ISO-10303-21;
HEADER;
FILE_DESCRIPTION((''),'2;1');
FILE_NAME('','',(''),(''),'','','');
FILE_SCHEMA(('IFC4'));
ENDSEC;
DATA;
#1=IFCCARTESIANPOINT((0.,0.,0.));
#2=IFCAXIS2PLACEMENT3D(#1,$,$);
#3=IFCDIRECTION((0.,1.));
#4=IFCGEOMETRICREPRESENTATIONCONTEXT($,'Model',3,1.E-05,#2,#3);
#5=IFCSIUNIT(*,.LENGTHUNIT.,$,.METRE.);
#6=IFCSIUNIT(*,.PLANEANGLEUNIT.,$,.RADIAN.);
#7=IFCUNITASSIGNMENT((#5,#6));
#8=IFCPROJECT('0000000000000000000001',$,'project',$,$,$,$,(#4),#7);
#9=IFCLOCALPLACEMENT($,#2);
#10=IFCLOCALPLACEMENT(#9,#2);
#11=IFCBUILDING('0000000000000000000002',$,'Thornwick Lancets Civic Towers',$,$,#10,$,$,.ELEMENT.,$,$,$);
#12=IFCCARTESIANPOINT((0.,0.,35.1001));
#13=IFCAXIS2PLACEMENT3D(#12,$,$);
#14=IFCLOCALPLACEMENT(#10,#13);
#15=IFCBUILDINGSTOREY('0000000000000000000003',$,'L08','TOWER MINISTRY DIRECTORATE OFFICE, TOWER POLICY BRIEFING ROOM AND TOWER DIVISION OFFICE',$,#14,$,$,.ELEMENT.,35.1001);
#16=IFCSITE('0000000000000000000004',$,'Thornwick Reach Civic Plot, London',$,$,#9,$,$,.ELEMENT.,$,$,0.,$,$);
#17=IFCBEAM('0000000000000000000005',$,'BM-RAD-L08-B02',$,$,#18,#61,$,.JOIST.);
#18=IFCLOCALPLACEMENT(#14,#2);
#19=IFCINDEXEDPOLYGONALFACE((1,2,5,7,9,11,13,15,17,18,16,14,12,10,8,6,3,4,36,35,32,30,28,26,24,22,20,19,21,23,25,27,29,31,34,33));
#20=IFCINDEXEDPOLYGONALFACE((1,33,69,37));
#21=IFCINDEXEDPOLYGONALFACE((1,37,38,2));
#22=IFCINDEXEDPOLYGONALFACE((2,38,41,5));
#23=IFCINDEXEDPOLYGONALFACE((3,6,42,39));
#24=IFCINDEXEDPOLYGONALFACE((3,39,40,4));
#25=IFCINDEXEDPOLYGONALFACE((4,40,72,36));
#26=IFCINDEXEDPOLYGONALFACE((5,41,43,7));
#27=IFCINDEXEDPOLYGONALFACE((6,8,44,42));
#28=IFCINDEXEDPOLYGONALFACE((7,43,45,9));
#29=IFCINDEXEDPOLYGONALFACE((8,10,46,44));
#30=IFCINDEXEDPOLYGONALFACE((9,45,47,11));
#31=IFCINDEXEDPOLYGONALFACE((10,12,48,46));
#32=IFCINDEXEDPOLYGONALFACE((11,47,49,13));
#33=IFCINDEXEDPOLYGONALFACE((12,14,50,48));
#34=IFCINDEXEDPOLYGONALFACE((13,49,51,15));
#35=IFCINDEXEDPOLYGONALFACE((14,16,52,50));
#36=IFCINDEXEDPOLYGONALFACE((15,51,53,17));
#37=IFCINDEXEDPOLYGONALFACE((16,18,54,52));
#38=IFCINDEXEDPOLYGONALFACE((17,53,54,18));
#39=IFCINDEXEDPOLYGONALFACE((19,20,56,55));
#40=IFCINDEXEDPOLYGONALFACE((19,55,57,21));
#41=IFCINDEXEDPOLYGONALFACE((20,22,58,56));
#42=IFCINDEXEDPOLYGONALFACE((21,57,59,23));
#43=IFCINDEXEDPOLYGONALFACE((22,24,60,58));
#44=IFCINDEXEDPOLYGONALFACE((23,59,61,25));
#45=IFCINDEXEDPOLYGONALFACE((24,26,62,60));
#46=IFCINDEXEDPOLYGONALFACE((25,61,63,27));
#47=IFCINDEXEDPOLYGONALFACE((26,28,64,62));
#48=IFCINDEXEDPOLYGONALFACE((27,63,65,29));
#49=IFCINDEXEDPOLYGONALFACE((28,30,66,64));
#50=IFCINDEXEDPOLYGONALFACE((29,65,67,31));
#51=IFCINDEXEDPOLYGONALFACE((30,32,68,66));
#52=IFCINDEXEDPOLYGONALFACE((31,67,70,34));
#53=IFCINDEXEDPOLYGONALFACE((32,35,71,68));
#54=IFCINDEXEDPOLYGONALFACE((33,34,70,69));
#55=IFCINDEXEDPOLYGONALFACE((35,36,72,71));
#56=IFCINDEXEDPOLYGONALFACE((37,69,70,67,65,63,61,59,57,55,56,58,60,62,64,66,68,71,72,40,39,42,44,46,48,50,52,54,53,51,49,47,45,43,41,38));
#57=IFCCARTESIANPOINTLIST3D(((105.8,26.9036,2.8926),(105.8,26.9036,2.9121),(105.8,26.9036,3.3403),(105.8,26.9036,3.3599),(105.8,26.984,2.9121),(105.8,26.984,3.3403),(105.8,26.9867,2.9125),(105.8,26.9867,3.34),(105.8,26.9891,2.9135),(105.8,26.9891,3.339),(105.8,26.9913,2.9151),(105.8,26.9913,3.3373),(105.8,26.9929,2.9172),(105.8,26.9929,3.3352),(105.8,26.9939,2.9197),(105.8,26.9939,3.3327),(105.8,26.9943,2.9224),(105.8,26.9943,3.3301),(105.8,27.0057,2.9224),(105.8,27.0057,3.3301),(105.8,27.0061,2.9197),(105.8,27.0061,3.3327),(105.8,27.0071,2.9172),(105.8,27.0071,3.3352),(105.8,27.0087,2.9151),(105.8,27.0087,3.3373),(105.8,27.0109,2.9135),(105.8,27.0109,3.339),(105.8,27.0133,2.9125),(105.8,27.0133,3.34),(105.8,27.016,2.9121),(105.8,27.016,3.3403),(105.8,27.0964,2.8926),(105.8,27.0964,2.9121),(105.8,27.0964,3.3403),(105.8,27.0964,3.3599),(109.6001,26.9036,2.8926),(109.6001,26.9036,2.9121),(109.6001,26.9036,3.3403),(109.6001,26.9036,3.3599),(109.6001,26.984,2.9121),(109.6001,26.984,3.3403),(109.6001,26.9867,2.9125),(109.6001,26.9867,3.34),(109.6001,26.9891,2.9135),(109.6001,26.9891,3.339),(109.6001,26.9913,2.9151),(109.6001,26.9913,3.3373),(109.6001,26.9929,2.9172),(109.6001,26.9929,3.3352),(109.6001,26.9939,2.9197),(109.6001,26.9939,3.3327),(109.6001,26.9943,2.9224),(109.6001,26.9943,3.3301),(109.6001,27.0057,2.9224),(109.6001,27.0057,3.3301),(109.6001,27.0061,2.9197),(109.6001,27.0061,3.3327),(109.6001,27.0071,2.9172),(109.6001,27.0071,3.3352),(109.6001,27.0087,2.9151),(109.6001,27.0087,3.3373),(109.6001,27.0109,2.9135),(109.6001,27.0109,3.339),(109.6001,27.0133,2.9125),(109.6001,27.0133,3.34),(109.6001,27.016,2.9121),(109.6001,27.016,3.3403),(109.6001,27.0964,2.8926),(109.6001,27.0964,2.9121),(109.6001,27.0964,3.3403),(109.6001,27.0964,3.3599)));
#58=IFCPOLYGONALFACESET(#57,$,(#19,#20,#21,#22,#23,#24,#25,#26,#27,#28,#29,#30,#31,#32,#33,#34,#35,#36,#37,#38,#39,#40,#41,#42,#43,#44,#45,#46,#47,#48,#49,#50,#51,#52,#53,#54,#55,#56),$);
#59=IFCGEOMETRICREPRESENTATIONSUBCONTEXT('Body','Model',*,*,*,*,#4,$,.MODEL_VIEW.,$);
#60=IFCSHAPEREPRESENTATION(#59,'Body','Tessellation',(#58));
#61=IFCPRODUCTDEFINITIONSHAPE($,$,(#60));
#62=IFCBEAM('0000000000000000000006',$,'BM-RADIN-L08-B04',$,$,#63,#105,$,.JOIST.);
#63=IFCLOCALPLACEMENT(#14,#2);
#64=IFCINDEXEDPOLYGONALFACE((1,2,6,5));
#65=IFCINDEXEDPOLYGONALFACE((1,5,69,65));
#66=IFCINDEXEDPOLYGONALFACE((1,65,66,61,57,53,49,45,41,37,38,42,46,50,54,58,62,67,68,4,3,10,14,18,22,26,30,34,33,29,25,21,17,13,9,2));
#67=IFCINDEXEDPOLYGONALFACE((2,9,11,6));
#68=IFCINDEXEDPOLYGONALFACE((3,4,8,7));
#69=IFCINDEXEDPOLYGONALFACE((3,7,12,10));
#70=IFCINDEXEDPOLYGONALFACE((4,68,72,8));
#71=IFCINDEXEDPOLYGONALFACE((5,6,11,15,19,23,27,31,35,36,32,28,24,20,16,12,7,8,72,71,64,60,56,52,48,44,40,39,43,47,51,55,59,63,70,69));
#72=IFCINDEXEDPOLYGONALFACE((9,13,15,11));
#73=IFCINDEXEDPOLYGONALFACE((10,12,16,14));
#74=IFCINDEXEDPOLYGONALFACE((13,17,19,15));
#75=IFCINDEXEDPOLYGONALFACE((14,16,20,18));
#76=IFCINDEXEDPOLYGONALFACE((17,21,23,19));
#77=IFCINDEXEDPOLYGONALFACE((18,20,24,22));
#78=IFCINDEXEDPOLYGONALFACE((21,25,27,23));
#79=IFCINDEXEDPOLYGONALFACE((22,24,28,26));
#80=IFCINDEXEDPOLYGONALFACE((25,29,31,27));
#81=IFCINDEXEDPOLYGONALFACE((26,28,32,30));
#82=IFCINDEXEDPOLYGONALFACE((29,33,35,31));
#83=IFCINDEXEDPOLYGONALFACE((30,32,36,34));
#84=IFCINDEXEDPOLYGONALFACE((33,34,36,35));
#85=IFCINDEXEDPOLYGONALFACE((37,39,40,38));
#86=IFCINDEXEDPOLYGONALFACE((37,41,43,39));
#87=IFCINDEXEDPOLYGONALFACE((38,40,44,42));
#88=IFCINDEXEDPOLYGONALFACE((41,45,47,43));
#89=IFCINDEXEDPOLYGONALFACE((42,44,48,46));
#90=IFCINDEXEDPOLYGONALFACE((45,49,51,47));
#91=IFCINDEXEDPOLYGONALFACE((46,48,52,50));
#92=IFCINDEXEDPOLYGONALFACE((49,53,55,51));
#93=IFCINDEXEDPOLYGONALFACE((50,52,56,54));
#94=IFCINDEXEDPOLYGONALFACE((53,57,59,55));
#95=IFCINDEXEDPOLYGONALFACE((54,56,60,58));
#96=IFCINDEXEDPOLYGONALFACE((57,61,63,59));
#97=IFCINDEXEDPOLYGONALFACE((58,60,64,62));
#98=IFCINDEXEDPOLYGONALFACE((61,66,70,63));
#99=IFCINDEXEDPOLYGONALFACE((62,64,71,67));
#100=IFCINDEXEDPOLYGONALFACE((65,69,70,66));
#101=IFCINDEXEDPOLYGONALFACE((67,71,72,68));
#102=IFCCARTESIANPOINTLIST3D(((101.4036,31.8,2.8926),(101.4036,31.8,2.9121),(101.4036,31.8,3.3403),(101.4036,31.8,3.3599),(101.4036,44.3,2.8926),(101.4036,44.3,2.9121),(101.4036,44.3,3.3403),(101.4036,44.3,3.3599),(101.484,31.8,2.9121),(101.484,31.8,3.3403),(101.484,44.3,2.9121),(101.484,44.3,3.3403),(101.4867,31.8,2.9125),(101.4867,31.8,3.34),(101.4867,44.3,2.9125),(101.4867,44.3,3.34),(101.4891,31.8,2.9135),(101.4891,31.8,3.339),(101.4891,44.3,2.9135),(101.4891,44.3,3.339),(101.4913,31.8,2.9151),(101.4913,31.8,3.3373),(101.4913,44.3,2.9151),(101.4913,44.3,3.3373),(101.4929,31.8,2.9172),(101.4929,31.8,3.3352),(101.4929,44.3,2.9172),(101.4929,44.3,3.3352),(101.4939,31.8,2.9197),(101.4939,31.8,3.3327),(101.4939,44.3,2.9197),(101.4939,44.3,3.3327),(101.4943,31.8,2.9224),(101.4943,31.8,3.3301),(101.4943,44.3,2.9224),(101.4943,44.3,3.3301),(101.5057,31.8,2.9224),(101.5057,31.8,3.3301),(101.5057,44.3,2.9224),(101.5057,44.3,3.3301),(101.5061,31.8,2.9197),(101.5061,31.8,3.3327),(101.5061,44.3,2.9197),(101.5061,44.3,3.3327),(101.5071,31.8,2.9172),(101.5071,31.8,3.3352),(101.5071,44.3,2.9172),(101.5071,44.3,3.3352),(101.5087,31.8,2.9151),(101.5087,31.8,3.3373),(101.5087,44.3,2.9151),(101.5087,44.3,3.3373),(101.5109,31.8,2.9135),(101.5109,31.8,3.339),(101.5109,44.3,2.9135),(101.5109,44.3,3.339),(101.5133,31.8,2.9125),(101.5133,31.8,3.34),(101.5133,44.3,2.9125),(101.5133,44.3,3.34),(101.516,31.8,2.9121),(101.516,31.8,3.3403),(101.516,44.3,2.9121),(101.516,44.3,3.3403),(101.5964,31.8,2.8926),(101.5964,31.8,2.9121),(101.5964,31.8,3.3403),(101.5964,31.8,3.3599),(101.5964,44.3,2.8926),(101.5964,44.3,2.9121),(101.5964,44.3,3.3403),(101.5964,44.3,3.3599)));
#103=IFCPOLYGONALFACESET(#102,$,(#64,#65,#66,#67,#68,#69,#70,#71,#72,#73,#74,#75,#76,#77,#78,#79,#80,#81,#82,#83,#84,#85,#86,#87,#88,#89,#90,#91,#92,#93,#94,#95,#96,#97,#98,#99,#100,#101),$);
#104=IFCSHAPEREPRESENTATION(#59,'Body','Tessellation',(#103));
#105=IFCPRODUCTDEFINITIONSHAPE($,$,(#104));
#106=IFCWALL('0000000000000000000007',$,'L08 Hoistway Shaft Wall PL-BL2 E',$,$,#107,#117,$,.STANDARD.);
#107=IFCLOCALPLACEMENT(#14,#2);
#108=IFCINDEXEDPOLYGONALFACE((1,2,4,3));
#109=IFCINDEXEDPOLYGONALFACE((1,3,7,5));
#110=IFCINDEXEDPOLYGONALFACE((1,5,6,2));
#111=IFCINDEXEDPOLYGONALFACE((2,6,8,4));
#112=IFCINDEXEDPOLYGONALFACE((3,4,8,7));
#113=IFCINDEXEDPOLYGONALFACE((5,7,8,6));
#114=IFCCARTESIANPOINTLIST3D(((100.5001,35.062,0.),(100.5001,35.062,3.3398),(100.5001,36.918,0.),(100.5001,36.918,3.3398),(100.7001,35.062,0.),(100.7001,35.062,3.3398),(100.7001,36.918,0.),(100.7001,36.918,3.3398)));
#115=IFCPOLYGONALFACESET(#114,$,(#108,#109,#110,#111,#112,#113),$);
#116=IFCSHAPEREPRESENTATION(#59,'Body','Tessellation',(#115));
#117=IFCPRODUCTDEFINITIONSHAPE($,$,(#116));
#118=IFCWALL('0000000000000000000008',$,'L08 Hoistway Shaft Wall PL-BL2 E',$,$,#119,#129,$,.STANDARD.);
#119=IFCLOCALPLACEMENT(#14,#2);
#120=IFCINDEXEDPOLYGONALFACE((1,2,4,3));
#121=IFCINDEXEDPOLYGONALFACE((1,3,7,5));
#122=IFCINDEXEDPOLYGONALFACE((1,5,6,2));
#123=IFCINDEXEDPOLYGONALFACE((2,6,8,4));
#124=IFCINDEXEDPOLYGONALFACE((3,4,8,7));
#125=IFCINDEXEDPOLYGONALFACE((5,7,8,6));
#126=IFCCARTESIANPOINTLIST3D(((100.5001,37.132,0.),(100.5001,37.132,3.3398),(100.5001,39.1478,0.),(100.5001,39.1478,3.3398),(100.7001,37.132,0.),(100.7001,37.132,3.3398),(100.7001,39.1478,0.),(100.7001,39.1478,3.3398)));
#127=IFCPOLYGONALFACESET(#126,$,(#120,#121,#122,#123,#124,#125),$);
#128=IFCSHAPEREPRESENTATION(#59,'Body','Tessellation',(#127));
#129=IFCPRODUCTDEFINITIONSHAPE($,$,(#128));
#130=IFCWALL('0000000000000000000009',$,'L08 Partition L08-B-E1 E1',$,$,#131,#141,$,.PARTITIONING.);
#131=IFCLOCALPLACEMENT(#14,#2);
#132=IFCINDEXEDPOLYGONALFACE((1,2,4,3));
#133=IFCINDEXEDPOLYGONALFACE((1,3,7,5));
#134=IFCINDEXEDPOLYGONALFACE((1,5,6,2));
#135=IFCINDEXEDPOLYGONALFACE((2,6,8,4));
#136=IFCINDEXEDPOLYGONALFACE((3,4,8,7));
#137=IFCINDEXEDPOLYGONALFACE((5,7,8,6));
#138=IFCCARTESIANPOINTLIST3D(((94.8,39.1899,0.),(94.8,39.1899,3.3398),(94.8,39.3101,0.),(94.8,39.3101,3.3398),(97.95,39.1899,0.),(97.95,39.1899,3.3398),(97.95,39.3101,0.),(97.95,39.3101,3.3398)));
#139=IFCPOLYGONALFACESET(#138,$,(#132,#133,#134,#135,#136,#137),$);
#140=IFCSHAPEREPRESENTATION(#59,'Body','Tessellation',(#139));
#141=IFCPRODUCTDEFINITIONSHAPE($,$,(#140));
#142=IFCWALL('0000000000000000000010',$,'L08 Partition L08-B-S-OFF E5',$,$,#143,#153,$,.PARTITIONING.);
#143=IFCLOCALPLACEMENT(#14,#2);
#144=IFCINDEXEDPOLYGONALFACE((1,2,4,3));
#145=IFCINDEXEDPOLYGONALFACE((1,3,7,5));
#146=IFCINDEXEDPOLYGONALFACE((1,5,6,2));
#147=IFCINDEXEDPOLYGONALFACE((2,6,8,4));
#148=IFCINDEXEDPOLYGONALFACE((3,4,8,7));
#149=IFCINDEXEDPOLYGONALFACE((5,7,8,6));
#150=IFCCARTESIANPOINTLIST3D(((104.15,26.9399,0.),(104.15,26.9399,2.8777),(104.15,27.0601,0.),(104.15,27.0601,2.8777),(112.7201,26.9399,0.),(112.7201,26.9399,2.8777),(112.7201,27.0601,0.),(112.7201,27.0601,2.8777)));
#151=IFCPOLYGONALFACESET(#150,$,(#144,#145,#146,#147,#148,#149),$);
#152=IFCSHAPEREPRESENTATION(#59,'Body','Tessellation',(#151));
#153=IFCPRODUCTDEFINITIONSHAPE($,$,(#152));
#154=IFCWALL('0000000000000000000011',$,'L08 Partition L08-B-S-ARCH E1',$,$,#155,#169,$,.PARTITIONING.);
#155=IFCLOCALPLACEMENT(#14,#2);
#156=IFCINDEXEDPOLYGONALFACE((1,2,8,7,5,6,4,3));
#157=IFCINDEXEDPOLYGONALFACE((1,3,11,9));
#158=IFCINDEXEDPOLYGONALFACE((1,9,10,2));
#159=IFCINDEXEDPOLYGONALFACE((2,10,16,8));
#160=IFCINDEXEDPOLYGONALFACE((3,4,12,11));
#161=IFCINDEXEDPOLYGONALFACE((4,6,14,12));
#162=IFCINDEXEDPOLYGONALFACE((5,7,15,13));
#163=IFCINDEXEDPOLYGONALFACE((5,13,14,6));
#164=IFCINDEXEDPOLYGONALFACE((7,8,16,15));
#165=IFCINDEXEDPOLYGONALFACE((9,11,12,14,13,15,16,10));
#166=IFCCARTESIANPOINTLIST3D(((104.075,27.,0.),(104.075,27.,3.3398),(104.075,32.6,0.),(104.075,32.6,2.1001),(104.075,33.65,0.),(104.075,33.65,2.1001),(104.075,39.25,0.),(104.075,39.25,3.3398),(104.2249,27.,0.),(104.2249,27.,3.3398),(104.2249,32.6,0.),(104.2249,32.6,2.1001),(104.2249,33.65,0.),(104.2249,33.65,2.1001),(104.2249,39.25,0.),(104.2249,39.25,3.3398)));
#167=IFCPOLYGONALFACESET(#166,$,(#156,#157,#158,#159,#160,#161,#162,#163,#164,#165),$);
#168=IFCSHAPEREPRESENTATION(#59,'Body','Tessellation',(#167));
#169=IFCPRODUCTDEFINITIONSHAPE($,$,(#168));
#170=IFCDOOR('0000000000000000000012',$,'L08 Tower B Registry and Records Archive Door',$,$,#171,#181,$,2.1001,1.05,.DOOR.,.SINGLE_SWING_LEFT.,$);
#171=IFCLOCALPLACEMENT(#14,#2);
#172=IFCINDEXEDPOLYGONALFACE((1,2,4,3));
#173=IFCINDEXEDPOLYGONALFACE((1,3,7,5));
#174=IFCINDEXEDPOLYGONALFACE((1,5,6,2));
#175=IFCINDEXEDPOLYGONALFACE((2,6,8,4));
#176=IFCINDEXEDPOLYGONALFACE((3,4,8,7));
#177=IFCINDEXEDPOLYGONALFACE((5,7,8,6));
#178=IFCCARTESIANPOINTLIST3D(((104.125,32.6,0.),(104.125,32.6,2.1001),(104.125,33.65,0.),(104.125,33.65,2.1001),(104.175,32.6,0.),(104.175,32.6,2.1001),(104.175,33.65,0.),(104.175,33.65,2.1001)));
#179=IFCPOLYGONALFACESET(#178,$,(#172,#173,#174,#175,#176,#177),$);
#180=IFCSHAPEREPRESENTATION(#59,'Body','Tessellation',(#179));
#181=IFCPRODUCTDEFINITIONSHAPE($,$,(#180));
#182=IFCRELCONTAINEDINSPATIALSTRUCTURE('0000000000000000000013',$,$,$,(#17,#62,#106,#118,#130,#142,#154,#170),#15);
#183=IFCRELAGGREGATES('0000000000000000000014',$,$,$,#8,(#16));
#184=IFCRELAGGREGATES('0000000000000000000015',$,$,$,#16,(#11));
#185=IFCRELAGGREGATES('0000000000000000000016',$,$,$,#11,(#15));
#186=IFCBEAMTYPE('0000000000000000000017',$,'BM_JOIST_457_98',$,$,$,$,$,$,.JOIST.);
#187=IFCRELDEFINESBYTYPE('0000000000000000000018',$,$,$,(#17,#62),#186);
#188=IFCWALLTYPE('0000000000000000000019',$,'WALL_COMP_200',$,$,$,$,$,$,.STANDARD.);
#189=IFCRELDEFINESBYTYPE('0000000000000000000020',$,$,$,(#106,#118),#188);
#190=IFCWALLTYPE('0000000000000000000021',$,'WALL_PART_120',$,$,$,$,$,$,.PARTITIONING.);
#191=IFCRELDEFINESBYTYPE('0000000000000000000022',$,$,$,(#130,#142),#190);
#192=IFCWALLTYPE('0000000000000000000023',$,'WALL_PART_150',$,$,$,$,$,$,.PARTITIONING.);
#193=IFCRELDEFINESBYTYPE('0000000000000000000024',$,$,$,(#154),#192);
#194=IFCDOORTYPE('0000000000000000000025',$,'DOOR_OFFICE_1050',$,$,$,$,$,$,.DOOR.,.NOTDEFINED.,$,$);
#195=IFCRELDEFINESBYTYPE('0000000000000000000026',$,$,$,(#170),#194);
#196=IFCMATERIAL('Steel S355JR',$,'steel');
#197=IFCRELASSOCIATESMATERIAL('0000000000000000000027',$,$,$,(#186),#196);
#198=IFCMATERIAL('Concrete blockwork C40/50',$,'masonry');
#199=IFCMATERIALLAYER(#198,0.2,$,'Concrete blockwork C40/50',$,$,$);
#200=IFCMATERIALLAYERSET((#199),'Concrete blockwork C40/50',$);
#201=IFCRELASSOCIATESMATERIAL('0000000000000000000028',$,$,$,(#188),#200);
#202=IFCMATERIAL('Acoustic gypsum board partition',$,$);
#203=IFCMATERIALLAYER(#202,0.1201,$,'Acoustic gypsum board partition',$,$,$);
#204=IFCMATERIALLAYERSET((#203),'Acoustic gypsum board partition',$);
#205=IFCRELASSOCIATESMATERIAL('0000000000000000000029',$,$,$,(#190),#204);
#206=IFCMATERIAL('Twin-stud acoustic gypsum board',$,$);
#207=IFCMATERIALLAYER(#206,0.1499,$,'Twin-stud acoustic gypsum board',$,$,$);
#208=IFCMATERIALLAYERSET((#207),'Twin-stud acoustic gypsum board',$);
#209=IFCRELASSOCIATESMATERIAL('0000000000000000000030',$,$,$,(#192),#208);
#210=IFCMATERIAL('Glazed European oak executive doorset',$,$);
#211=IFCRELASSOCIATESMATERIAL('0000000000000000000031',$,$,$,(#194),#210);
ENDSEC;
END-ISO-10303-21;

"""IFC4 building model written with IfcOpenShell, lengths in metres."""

from ifc_helpers import new_model, si_unit, direction, frame, frame_2d, origin, origin_2d, place, context, subcontext, project, spatial, rectangle, i_section, extrude, material, layer, layer_set, material_profile, profile_set, type_object, element, fill, save


model = new_model("IFC4")

# Units and contexts
model_context = context("Model", 3, precision=1e-05, world=origin(), true_north=direction((0.0, 1.0)))
body_context = subcontext(model_context, "Body", "Model", "MODEL_VIEW")
ifc_project = project(units=[si_unit("LENGTHUNIT", "METRE"), si_unit("PLANEANGLEUNIT", "RADIAN")], contexts=[model_context])

# Site, building, storey
site_placement = place(None, origin())
site = spatial("IfcSite", under=ifc_project, at=site_placement, Name="Thornwick Reach Civic Plot, London", CompositionType="ELEMENT", RefElevation=0.0)
building_placement = place(site_placement, origin())
building = spatial("IfcBuilding", under=site, at=building_placement, Name="Thornwick Lancets Civic Towers", CompositionType="ELEMENT")
storey_placement = place(building_placement, frame((0.0, 0.0, 35.1001)))
storey = spatial("IfcBuildingStorey", under=building, at=storey_placement, Name="L08", Description="TOWER MINISTRY DIRECTORATE OFFICE, TOWER POLICY BRIEFING ROOM AND TOWER DIVISION OFFICE", CompositionType="ELEMENT", Elevation=35.1001)

# Beams
ifc_material_1 = material(Name="Steel S355JR", Category="steel")
ifc_material_profile_1 = material_profile(ifc_material_1, i_section(OverallWidth=0.1929, OverallDepth=0.4673, WebThickness=0.0115, FlangeThickness=0.0195, FilletRadius=0.0103, at=origin_2d()), Name="UKB 457x191x98")
ifc_profile_set_1 = profile_set([ifc_material_profile_1], Name="Steel S355JR")
beam_type_1 = type_object("IfcBeamType", Name="BM_JOIST_457_98", PredefinedType="JOIST", material=ifc_profile_set_1)
beam_1_placement = place(storey_placement, frame((105.8, 27.0, 3.1262), z_axis=(1.0, 0.0, 0.0), x_axis=(0.0, 1.0, 0.0)))
element("IfcBeam", 1, at=beam_1_placement, inside=storey, type_object=beam_type_1, Name="BM-RAD-L08-B02", PredefinedType="JOIST", context=body_context, shape_type="SweptSolid", body=[
    extrude(i_section(OverallWidth=0.1929, OverallDepth=0.4673, WebThickness=0.0115, FlangeThickness=0.0195, FilletRadius=0.0103, at=origin_2d()), origin(), (0.0, 0.0, 1.0), 3.8),
])
beam_2_placement = place(storey_placement, frame((101.5, 31.8, 3.1262), z_axis=(0.0, 1.0, 0.0), x_axis=(-1.0, 0.0, 0.0)))
element("IfcBeam", 2, at=beam_2_placement, inside=storey, type_object=beam_type_1, Name="BM-RADIN-L08-B04", PredefinedType="JOIST", context=body_context, shape_type="SweptSolid", body=[
    extrude(i_section(OverallWidth=0.1929, OverallDepth=0.4673, WebThickness=0.0115, FlangeThickness=0.0195, FilletRadius=0.0103, at=origin_2d()), origin(), (0.0, 0.0, 1.0), 12.5),
])

# Walls
ifc_material_2 = material(Name="Concrete blockwork C40/50", Category="masonry")
ifc_layer_1 = layer(ifc_material_2, 0.2, Name="Concrete blockwork C40/50")
ifc_layer_set_1 = layer_set([ifc_layer_1], Name="Concrete blockwork C40/50")
wall_type_1 = type_object("IfcWallType", Name="WALL_COMP_200", PredefinedType="STANDARD", material=ifc_layer_set_1)
wall_1_placement = place(storey_placement, frame((100.6001, 35.062, 0.0), z_axis=(0.0, 0.0, 1.0), x_axis=(0.0, 1.0, 0.0)))
element("IfcWall", 3, at=wall_1_placement, inside=storey, type_object=wall_type_1, Name="L08 Hoistway Shaft Wall PL-BL2 E", PredefinedType="STANDARD", context=body_context, shape_type="SweptSolid", body=[
    extrude(rectangle(XDim=1.856, YDim=0.2, at=frame_2d((0.928, 0.0))), origin(), (0.0, 0.0, 1.0), 3.3398),
])
wall_2_placement = place(storey_placement, frame((100.6001, 37.1321, 0.0), z_axis=(0.0, 0.0, 1.0), x_axis=(0.0, 1.0, 0.0)))
element("IfcWall", 4, at=wall_2_placement, inside=storey, type_object=wall_type_1, Name="L08 Hoistway Shaft Wall PL-BL2 E", PredefinedType="STANDARD", context=body_context, shape_type="SweptSolid", body=[
    extrude(rectangle(XDim=2.0159, YDim=0.2, at=frame_2d((1.0078, 0.0))), origin(), (0.0, 0.0, 1.0), 3.3398),
])
ifc_material_3 = material(Name="Acoustic gypsum board partition")
ifc_layer_2 = layer(ifc_material_3, 0.1201, Name="Acoustic gypsum board partition")
ifc_layer_set_2 = layer_set([ifc_layer_2], Name="Acoustic gypsum board partition")
wall_type_2 = type_object("IfcWallType", Name="WALL_PART_120", PredefinedType="PARTITIONING", material=ifc_layer_set_2)
wall_3_placement = place(storey_placement, frame((97.95, 39.25, 0.0), z_axis=(0.0, 0.0, 1.0), x_axis=(-1.0, 0.0, 0.0)))
element("IfcWall", 5, at=wall_3_placement, inside=storey, type_object=wall_type_2, Name="L08 Partition L08-B-E1 E1", PredefinedType="PARTITIONING", context=body_context, shape_type="SweptSolid", body=[
    extrude(rectangle(XDim=3.1499, YDim=0.1201, at=frame_2d((1.575, 0.0))), origin(), (0.0, 0.0, 1.0), 3.3398),
])
wall_4_placement = place(storey_placement, frame((104.1499, 27.0, 0.0), z_axis=(0.0, 0.0, 1.0), x_axis=(1.0, 0.0, 0.0)))
element("IfcWall", 6, at=wall_4_placement, inside=storey, type_object=wall_type_2, Name="L08 Partition L08-B-S-OFF E5", PredefinedType="PARTITIONING", context=body_context, shape_type="SweptSolid", body=[
    extrude(rectangle(XDim=8.5701, YDim=0.1201, at=frame_2d((4.2852, 0.0))), origin(), (0.0, 0.0, 1.0), 2.8777),
])

# Wall, opening, door
ifc_material_4 = material(Name="Twin-stud acoustic gypsum board")
ifc_layer_3 = layer(ifc_material_4, 0.1499, Name="Twin-stud acoustic gypsum board")
ifc_layer_set_3 = layer_set([ifc_layer_3], Name="Twin-stud acoustic gypsum board")
wall_type_3 = type_object("IfcWallType", Name="WALL_PART_150", PredefinedType="PARTITIONING", material=ifc_layer_set_3)
wall_5_placement = place(storey_placement, frame((104.1499, 27.0, 0.0), z_axis=(0.0, 0.0, 1.0), x_axis=(0.0, 1.0, 0.0)))
wall_5 = element("IfcWall", 7, at=wall_5_placement, inside=storey, type_object=wall_type_3, Name="L08 Partition L08-B-S-ARCH E1", PredefinedType="PARTITIONING", context=body_context, shape_type="SweptSolid", body=[
    extrude(rectangle(XDim=12.25, YDim=0.1499, at=frame_2d((6.125, 0.0))), origin(), (0.0, 0.0, 1.0), 3.3398),
])
opening_placement = place(wall_5_placement, frame((5.6001, 0.0, 0.0)))
opening = element("IfcOpeningElement", 8, at=opening_placement, cuts=wall_5, PredefinedType="OPENING", context=body_context, shape_type="SweptSolid", body=[
    extrude(rectangle(XDim=1.05, YDim=2.1001, at=frame_2d((0.5249, 1.05))), frame((0.0, 0.085, 0.0), z_axis=(0.0, -1.0, 0.0), x_axis=(1.0, 0.0, 0.0)), (0.0, 0.0, 1.0), 0.1699),
])
ifc_material_5 = material(Name="Glazed European oak executive doorset")
door_type = type_object("IfcDoorType", Name="DOOR_OFFICE_1050", OperationType="NOTDEFINED", PredefinedType="DOOR", material=ifc_material_5)
door_placement = place(opening_placement, origin())
door = element("IfcDoor", 9, at=door_placement, inside=storey, type_object=door_type, Name="L08 Tower B Registry and Records Archive Door", OperationType="SINGLE_SWING_LEFT", OverallHeight=2.1001, OverallWidth=1.05, PredefinedType="DOOR", context=body_context, shape_type="SweptSolid", body=[
    extrude(rectangle(XDim=1.05, YDim=2.1001, at=frame_2d((0.5249, 1.05))), frame((0.0, 0.0249, 0.0), z_axis=(0.0, -1.0, 0.0), x_axis=(1.0, 0.0, 0.0)), (0.0, 0.0, 1.0), 0.05),
])
fill(opening, door)

save(model, "model.ifc")
